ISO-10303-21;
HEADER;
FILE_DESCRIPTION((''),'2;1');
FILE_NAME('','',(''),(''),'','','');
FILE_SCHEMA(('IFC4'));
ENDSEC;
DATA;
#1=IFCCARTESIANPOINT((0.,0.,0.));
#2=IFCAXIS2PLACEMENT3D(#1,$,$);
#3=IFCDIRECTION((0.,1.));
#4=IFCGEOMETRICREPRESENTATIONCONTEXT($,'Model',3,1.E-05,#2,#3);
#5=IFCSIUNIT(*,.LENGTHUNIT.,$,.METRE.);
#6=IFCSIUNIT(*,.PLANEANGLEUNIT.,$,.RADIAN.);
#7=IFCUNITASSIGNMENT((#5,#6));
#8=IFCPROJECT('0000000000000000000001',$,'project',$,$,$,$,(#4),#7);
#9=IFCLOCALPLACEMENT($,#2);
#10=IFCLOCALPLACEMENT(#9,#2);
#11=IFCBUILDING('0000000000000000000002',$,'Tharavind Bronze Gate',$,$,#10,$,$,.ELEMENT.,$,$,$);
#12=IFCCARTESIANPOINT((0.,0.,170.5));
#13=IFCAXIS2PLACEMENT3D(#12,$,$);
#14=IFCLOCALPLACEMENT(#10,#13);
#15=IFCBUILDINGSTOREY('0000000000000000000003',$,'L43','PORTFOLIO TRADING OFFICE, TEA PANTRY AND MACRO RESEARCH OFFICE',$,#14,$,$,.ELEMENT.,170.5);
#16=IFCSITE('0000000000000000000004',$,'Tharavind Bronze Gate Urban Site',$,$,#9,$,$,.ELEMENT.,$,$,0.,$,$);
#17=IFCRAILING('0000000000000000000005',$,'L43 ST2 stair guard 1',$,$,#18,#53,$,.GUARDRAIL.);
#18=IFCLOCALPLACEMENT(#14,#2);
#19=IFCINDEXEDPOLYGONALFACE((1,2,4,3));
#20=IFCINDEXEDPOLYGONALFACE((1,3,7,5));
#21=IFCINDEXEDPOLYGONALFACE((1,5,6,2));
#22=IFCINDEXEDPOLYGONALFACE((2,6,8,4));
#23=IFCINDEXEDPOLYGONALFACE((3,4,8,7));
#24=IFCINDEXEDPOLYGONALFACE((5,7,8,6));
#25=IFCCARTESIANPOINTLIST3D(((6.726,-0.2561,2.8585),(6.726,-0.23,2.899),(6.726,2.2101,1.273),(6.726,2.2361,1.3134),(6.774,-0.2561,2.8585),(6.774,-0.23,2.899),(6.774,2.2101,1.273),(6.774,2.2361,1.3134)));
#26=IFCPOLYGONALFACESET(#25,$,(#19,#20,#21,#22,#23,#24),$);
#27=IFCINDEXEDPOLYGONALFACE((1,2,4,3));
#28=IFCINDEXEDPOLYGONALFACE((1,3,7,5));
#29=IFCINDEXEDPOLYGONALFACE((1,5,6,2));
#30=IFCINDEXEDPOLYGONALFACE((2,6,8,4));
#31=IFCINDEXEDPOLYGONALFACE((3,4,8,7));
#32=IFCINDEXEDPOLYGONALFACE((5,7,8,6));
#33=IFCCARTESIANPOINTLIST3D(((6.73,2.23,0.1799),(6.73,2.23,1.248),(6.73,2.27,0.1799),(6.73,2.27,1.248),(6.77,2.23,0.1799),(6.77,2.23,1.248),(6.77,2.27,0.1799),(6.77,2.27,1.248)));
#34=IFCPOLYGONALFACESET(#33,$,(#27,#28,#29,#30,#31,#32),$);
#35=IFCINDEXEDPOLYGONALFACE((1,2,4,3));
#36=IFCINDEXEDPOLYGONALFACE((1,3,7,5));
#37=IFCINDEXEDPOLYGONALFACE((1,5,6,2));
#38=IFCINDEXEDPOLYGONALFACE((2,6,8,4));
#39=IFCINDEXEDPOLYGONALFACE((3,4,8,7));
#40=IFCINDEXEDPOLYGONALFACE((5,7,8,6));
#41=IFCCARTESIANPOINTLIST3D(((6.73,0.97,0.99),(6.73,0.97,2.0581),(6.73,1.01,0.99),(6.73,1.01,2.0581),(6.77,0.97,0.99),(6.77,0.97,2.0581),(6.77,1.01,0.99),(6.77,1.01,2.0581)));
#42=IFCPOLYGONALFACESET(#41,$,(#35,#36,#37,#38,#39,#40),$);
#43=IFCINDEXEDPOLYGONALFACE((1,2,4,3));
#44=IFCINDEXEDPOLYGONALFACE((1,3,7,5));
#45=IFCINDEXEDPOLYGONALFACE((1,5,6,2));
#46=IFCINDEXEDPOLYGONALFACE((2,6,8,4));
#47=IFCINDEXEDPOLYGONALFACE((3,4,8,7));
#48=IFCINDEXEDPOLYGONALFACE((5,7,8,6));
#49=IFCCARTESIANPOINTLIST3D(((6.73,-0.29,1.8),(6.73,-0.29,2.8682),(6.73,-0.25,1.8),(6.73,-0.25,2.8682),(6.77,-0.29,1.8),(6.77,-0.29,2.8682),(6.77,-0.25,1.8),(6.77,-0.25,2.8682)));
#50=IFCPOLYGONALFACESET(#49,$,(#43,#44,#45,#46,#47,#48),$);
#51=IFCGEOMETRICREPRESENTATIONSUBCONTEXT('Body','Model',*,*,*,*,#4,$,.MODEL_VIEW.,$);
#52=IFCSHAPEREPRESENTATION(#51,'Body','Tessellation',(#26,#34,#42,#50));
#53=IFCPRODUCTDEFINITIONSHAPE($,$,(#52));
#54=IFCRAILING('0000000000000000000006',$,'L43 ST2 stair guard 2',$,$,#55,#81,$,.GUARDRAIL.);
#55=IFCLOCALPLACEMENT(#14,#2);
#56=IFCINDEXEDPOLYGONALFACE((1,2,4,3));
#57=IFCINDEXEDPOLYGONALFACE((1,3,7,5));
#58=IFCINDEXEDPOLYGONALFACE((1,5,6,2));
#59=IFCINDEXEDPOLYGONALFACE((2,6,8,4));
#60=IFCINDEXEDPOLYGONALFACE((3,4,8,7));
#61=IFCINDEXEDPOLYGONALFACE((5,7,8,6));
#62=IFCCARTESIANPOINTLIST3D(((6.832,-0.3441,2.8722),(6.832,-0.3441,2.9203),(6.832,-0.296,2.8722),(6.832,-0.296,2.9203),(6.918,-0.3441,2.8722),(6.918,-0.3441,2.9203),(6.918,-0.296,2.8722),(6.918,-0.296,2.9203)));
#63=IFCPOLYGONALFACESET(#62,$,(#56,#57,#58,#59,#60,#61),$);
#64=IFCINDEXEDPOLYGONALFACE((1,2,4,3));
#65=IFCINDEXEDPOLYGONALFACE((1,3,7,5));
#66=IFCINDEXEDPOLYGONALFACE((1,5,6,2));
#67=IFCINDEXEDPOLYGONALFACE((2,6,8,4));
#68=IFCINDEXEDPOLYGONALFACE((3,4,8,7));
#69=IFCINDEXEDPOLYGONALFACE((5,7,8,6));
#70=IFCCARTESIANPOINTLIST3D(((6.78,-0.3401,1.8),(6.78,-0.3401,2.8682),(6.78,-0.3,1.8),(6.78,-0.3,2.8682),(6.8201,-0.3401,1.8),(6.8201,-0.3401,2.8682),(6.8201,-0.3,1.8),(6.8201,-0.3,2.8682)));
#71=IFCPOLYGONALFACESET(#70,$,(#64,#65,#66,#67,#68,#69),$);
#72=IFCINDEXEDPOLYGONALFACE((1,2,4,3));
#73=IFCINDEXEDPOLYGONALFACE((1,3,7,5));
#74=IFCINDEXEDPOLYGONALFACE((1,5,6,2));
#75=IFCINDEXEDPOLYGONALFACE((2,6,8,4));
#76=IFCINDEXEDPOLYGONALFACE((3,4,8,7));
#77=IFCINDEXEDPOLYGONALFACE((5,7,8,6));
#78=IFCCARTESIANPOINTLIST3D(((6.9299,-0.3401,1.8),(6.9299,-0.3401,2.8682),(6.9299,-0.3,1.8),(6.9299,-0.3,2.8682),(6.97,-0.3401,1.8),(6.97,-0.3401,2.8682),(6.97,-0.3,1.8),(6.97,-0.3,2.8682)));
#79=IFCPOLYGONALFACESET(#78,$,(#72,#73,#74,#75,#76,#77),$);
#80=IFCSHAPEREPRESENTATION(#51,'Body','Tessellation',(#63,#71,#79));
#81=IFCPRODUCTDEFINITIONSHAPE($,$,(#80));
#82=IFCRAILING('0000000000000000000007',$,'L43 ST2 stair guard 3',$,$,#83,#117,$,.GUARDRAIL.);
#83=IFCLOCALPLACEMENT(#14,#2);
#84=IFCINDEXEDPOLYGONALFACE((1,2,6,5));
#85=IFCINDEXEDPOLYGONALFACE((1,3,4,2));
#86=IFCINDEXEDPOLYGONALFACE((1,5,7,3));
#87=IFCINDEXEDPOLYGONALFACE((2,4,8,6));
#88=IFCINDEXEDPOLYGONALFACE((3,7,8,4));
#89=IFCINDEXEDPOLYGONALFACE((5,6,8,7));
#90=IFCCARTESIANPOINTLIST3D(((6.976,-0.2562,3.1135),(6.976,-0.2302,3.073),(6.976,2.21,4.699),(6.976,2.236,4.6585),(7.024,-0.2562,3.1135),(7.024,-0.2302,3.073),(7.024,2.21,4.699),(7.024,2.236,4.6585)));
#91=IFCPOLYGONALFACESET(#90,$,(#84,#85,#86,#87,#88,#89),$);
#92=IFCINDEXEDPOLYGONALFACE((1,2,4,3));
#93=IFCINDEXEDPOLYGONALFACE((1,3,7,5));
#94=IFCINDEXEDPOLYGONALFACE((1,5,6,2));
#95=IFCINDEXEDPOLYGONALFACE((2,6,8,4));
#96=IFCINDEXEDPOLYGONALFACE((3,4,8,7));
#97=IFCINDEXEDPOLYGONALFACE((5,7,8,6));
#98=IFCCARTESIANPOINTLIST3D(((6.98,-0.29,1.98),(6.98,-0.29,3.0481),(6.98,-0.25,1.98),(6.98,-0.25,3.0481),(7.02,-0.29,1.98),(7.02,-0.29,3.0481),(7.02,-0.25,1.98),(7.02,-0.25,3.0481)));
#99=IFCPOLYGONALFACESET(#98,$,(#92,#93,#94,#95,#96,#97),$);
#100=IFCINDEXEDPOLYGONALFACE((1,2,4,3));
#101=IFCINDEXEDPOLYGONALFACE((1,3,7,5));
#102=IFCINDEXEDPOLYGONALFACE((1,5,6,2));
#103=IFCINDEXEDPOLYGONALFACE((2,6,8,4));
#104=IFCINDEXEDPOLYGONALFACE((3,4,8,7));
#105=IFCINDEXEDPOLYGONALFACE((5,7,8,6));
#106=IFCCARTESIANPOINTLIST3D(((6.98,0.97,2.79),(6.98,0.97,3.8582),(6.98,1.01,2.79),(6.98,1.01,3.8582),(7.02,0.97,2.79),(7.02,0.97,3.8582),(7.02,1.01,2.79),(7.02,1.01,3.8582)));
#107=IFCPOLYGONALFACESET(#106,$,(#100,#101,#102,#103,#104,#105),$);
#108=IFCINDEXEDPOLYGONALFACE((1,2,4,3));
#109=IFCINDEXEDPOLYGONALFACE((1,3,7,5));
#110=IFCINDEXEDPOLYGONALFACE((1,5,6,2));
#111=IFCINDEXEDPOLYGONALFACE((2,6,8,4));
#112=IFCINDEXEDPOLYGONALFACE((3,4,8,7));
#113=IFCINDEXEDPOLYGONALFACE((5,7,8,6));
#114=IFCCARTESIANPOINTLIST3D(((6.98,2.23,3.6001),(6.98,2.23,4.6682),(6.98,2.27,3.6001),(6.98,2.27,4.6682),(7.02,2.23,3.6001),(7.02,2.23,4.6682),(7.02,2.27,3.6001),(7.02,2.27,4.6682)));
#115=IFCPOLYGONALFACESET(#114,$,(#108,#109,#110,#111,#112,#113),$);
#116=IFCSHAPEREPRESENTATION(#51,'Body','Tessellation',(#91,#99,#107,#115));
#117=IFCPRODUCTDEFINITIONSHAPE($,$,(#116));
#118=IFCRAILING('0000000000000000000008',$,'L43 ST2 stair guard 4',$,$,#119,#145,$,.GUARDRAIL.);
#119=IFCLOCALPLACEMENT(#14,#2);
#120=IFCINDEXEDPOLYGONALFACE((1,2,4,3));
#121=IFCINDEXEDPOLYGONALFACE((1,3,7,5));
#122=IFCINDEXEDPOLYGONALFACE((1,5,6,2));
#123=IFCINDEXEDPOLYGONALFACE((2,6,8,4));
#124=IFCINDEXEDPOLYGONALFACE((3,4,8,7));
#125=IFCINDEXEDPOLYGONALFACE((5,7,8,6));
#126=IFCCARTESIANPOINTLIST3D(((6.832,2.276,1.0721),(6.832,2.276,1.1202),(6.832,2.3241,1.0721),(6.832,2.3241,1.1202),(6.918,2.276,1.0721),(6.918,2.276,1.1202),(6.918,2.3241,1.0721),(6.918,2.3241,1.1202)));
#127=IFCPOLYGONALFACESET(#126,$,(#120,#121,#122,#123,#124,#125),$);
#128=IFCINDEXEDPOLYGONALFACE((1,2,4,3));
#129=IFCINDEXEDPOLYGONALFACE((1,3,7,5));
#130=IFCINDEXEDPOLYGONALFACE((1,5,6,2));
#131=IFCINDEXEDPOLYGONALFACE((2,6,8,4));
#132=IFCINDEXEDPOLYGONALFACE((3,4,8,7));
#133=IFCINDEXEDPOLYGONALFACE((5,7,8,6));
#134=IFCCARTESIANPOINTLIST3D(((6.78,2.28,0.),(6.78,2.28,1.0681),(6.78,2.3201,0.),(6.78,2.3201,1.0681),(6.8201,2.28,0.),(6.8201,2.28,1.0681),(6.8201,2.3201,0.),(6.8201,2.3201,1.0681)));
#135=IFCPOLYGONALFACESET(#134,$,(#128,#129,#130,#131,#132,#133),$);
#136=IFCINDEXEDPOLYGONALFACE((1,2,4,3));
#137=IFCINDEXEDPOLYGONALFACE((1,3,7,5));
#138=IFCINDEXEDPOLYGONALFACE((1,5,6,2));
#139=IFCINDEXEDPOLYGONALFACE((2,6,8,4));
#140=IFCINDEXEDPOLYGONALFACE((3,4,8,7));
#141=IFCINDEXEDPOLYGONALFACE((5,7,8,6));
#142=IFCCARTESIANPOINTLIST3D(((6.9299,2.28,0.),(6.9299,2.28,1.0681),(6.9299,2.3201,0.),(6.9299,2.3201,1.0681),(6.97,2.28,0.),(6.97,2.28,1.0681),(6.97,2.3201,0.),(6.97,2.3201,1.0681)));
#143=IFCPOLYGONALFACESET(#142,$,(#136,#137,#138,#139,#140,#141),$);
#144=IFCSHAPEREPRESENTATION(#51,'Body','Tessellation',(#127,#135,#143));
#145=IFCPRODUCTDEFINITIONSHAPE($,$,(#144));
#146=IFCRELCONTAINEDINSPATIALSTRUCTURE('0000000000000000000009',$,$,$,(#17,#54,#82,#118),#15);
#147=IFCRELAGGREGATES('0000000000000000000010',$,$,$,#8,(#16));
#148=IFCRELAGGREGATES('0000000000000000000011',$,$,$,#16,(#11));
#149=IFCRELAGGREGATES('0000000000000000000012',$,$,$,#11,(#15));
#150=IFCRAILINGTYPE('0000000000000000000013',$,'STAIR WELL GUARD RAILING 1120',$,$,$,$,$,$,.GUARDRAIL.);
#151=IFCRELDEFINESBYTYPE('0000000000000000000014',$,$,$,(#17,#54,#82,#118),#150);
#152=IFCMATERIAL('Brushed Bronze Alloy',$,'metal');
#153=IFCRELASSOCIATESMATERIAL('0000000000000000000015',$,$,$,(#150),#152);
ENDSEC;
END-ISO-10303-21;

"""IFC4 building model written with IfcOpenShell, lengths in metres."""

from ifc_helpers import new_model, si_unit, direction, frame, origin, origin_2d, place, context, subcontext, project, spatial, rectangle, extrude, material, type_object, element, save


model = new_model("IFC4")

# Units and contexts
model_context = context("Model", 3, precision=1e-05, world=origin(), true_north=direction((0.0, 1.0)))
body_context = subcontext(model_context, "Body", "Model", "MODEL_VIEW")
ifc_project = project(units=[si_unit("LENGTHUNIT", "METRE"), si_unit("PLANEANGLEUNIT", "RADIAN")], contexts=[model_context])

# Site, building, storey
site_placement = place(None, origin())
site = spatial("IfcSite", under=ifc_project, at=site_placement, Name="Tharavind Bronze Gate Urban Site", CompositionType="ELEMENT", RefElevation=0.0)
building_placement = place(site_placement, origin())
building = spatial("IfcBuilding", under=site, at=building_placement, Name="Tharavind Bronze Gate", CompositionType="ELEMENT")
storey_placement = place(building_placement, frame((0.0, 0.0, 170.5)))
storey = spatial("IfcBuildingStorey", under=building, at=storey_placement, Name="L43", Description="PORTFOLIO TRADING OFFICE, TEA PANTRY AND MACRO RESEARCH OFFICE", CompositionType="ELEMENT", Elevation=170.5)

# Railings
ifc_material_1 = material(Name="Brushed Bronze Alloy", Category="metal")
railing_type_1 = type_object("IfcRailingType", Name="STAIR WELL GUARD RAILING 1120", PredefinedType="GUARDRAIL", material=ifc_material_1)
railing_1_placement = place(storey_placement, frame((6.75, 2.25, 0.1799)))
element("IfcRailing", 1, at=railing_1_placement, inside=storey, type_object=railing_type_1, Name="L43 ST2 stair guard 1", PredefinedType="GUARDRAIL", context=body_context, shape_type="SweptSolid", body=[
    extrude(rectangle(XDim=0.0481, YDim=0.0481, at=origin_2d()), frame((0.0, -0.0269, 1.1133), z_axis=(0.0, -0.841163, 0.540782), x_axis=(1.0, 0.0, 0.0)), (0.0, 0.0, 1.0), 2.9319),
    extrude(rectangle(XDim=0.04, YDim=0.04, at=origin_2d()), origin(), (0.0, 0.0, 1.0), 1.0681),
    extrude(rectangle(XDim=0.04, YDim=0.04, at=origin_2d()), frame((0.0, -1.26, 0.8101)), (0.0, 0.0, 1.0), 1.0681),
    extrude(rectangle(XDim=0.04, YDim=0.04, at=origin_2d()), frame((0.0, -2.52, 1.6201)), (0.0, 0.0, 1.0), 1.0681),
])
railing_2_placement = place(storey_placement, frame((6.8, -0.3201, 1.8)))
element("IfcRailing", 2, at=railing_2_placement, inside=storey, type_object=railing_type_1, Name="L43 ST2 stair guard 2", PredefinedType="GUARDRAIL", context=body_context, shape_type="SweptSolid", body=[
    extrude(rectangle(XDim=0.0481, YDim=0.0481, at=origin_2d()), frame((0.032, 0.0, 1.0962), z_axis=(1.0, 0.0, 0.0), x_axis=(0.0, 1.0, 0.0)), (0.0, 0.0, 1.0), 0.0859),
    extrude(rectangle(XDim=0.04, YDim=0.04, at=origin_2d()), origin(), (0.0, 0.0, 1.0), 1.0681),
    extrude(rectangle(XDim=0.04, YDim=0.04, at=origin_2d()), frame((0.1499, 0.0, 0.0)), (0.0, 0.0, 1.0), 1.0681),
])
railing_3_placement = place(storey_placement, frame((7.0, -0.27, 1.98)))
element("IfcRailing", 3, at=railing_3_placement, inside=storey, type_object=railing_type_1, Name="L43 ST2 stair guard 3", PredefinedType="GUARDRAIL", context=body_context, shape_type="SweptSolid", body=[
    extrude(rectangle(XDim=0.0481, YDim=0.0481, at=origin_2d()), frame((0.0, 0.0269, 1.1133), z_axis=(0.0, 0.841163, 0.540782), x_axis=(-1.0, 0.0, 0.0)), (0.0, 0.0, 1.0), 2.9319),
    extrude(rectangle(XDim=0.04, YDim=0.04, at=origin_2d()), origin(), (0.0, 0.0, 1.0), 1.0681),
    extrude(rectangle(XDim=0.04, YDim=0.04, at=origin_2d()), frame((0.0, 1.26, 0.8101)), (0.0, 0.0, 1.0), 1.0681),
    extrude(rectangle(XDim=0.04, YDim=0.04, at=origin_2d()), frame((0.0, 2.52, 1.6201)), (0.0, 0.0, 1.0), 1.0681),
])
railing_4_placement = place(storey_placement, frame((6.8, 2.3, 0.0)))
element("IfcRailing", 4, at=railing_4_placement, inside=storey, type_object=railing_type_1, Name="L43 ST2 stair guard 4", PredefinedType="GUARDRAIL", context=body_context, shape_type="SweptSolid", body=[
    extrude(rectangle(XDim=0.0481, YDim=0.0481, at=origin_2d()), frame((0.032, 0.0, 1.0962), z_axis=(1.0, 0.0, 0.0), x_axis=(0.0, 1.0, 0.0)), (0.0, 0.0, 1.0), 0.0859),
    extrude(rectangle(XDim=0.04, YDim=0.04, at=origin_2d()), origin(), (0.0, 0.0, 1.0), 1.0681),
    extrude(rectangle(XDim=0.04, YDim=0.04, at=origin_2d()), frame((0.1499, 0.0, 0.0)), (0.0, 0.0, 1.0), 1.0681),
])

save(model, "model.ifc")
